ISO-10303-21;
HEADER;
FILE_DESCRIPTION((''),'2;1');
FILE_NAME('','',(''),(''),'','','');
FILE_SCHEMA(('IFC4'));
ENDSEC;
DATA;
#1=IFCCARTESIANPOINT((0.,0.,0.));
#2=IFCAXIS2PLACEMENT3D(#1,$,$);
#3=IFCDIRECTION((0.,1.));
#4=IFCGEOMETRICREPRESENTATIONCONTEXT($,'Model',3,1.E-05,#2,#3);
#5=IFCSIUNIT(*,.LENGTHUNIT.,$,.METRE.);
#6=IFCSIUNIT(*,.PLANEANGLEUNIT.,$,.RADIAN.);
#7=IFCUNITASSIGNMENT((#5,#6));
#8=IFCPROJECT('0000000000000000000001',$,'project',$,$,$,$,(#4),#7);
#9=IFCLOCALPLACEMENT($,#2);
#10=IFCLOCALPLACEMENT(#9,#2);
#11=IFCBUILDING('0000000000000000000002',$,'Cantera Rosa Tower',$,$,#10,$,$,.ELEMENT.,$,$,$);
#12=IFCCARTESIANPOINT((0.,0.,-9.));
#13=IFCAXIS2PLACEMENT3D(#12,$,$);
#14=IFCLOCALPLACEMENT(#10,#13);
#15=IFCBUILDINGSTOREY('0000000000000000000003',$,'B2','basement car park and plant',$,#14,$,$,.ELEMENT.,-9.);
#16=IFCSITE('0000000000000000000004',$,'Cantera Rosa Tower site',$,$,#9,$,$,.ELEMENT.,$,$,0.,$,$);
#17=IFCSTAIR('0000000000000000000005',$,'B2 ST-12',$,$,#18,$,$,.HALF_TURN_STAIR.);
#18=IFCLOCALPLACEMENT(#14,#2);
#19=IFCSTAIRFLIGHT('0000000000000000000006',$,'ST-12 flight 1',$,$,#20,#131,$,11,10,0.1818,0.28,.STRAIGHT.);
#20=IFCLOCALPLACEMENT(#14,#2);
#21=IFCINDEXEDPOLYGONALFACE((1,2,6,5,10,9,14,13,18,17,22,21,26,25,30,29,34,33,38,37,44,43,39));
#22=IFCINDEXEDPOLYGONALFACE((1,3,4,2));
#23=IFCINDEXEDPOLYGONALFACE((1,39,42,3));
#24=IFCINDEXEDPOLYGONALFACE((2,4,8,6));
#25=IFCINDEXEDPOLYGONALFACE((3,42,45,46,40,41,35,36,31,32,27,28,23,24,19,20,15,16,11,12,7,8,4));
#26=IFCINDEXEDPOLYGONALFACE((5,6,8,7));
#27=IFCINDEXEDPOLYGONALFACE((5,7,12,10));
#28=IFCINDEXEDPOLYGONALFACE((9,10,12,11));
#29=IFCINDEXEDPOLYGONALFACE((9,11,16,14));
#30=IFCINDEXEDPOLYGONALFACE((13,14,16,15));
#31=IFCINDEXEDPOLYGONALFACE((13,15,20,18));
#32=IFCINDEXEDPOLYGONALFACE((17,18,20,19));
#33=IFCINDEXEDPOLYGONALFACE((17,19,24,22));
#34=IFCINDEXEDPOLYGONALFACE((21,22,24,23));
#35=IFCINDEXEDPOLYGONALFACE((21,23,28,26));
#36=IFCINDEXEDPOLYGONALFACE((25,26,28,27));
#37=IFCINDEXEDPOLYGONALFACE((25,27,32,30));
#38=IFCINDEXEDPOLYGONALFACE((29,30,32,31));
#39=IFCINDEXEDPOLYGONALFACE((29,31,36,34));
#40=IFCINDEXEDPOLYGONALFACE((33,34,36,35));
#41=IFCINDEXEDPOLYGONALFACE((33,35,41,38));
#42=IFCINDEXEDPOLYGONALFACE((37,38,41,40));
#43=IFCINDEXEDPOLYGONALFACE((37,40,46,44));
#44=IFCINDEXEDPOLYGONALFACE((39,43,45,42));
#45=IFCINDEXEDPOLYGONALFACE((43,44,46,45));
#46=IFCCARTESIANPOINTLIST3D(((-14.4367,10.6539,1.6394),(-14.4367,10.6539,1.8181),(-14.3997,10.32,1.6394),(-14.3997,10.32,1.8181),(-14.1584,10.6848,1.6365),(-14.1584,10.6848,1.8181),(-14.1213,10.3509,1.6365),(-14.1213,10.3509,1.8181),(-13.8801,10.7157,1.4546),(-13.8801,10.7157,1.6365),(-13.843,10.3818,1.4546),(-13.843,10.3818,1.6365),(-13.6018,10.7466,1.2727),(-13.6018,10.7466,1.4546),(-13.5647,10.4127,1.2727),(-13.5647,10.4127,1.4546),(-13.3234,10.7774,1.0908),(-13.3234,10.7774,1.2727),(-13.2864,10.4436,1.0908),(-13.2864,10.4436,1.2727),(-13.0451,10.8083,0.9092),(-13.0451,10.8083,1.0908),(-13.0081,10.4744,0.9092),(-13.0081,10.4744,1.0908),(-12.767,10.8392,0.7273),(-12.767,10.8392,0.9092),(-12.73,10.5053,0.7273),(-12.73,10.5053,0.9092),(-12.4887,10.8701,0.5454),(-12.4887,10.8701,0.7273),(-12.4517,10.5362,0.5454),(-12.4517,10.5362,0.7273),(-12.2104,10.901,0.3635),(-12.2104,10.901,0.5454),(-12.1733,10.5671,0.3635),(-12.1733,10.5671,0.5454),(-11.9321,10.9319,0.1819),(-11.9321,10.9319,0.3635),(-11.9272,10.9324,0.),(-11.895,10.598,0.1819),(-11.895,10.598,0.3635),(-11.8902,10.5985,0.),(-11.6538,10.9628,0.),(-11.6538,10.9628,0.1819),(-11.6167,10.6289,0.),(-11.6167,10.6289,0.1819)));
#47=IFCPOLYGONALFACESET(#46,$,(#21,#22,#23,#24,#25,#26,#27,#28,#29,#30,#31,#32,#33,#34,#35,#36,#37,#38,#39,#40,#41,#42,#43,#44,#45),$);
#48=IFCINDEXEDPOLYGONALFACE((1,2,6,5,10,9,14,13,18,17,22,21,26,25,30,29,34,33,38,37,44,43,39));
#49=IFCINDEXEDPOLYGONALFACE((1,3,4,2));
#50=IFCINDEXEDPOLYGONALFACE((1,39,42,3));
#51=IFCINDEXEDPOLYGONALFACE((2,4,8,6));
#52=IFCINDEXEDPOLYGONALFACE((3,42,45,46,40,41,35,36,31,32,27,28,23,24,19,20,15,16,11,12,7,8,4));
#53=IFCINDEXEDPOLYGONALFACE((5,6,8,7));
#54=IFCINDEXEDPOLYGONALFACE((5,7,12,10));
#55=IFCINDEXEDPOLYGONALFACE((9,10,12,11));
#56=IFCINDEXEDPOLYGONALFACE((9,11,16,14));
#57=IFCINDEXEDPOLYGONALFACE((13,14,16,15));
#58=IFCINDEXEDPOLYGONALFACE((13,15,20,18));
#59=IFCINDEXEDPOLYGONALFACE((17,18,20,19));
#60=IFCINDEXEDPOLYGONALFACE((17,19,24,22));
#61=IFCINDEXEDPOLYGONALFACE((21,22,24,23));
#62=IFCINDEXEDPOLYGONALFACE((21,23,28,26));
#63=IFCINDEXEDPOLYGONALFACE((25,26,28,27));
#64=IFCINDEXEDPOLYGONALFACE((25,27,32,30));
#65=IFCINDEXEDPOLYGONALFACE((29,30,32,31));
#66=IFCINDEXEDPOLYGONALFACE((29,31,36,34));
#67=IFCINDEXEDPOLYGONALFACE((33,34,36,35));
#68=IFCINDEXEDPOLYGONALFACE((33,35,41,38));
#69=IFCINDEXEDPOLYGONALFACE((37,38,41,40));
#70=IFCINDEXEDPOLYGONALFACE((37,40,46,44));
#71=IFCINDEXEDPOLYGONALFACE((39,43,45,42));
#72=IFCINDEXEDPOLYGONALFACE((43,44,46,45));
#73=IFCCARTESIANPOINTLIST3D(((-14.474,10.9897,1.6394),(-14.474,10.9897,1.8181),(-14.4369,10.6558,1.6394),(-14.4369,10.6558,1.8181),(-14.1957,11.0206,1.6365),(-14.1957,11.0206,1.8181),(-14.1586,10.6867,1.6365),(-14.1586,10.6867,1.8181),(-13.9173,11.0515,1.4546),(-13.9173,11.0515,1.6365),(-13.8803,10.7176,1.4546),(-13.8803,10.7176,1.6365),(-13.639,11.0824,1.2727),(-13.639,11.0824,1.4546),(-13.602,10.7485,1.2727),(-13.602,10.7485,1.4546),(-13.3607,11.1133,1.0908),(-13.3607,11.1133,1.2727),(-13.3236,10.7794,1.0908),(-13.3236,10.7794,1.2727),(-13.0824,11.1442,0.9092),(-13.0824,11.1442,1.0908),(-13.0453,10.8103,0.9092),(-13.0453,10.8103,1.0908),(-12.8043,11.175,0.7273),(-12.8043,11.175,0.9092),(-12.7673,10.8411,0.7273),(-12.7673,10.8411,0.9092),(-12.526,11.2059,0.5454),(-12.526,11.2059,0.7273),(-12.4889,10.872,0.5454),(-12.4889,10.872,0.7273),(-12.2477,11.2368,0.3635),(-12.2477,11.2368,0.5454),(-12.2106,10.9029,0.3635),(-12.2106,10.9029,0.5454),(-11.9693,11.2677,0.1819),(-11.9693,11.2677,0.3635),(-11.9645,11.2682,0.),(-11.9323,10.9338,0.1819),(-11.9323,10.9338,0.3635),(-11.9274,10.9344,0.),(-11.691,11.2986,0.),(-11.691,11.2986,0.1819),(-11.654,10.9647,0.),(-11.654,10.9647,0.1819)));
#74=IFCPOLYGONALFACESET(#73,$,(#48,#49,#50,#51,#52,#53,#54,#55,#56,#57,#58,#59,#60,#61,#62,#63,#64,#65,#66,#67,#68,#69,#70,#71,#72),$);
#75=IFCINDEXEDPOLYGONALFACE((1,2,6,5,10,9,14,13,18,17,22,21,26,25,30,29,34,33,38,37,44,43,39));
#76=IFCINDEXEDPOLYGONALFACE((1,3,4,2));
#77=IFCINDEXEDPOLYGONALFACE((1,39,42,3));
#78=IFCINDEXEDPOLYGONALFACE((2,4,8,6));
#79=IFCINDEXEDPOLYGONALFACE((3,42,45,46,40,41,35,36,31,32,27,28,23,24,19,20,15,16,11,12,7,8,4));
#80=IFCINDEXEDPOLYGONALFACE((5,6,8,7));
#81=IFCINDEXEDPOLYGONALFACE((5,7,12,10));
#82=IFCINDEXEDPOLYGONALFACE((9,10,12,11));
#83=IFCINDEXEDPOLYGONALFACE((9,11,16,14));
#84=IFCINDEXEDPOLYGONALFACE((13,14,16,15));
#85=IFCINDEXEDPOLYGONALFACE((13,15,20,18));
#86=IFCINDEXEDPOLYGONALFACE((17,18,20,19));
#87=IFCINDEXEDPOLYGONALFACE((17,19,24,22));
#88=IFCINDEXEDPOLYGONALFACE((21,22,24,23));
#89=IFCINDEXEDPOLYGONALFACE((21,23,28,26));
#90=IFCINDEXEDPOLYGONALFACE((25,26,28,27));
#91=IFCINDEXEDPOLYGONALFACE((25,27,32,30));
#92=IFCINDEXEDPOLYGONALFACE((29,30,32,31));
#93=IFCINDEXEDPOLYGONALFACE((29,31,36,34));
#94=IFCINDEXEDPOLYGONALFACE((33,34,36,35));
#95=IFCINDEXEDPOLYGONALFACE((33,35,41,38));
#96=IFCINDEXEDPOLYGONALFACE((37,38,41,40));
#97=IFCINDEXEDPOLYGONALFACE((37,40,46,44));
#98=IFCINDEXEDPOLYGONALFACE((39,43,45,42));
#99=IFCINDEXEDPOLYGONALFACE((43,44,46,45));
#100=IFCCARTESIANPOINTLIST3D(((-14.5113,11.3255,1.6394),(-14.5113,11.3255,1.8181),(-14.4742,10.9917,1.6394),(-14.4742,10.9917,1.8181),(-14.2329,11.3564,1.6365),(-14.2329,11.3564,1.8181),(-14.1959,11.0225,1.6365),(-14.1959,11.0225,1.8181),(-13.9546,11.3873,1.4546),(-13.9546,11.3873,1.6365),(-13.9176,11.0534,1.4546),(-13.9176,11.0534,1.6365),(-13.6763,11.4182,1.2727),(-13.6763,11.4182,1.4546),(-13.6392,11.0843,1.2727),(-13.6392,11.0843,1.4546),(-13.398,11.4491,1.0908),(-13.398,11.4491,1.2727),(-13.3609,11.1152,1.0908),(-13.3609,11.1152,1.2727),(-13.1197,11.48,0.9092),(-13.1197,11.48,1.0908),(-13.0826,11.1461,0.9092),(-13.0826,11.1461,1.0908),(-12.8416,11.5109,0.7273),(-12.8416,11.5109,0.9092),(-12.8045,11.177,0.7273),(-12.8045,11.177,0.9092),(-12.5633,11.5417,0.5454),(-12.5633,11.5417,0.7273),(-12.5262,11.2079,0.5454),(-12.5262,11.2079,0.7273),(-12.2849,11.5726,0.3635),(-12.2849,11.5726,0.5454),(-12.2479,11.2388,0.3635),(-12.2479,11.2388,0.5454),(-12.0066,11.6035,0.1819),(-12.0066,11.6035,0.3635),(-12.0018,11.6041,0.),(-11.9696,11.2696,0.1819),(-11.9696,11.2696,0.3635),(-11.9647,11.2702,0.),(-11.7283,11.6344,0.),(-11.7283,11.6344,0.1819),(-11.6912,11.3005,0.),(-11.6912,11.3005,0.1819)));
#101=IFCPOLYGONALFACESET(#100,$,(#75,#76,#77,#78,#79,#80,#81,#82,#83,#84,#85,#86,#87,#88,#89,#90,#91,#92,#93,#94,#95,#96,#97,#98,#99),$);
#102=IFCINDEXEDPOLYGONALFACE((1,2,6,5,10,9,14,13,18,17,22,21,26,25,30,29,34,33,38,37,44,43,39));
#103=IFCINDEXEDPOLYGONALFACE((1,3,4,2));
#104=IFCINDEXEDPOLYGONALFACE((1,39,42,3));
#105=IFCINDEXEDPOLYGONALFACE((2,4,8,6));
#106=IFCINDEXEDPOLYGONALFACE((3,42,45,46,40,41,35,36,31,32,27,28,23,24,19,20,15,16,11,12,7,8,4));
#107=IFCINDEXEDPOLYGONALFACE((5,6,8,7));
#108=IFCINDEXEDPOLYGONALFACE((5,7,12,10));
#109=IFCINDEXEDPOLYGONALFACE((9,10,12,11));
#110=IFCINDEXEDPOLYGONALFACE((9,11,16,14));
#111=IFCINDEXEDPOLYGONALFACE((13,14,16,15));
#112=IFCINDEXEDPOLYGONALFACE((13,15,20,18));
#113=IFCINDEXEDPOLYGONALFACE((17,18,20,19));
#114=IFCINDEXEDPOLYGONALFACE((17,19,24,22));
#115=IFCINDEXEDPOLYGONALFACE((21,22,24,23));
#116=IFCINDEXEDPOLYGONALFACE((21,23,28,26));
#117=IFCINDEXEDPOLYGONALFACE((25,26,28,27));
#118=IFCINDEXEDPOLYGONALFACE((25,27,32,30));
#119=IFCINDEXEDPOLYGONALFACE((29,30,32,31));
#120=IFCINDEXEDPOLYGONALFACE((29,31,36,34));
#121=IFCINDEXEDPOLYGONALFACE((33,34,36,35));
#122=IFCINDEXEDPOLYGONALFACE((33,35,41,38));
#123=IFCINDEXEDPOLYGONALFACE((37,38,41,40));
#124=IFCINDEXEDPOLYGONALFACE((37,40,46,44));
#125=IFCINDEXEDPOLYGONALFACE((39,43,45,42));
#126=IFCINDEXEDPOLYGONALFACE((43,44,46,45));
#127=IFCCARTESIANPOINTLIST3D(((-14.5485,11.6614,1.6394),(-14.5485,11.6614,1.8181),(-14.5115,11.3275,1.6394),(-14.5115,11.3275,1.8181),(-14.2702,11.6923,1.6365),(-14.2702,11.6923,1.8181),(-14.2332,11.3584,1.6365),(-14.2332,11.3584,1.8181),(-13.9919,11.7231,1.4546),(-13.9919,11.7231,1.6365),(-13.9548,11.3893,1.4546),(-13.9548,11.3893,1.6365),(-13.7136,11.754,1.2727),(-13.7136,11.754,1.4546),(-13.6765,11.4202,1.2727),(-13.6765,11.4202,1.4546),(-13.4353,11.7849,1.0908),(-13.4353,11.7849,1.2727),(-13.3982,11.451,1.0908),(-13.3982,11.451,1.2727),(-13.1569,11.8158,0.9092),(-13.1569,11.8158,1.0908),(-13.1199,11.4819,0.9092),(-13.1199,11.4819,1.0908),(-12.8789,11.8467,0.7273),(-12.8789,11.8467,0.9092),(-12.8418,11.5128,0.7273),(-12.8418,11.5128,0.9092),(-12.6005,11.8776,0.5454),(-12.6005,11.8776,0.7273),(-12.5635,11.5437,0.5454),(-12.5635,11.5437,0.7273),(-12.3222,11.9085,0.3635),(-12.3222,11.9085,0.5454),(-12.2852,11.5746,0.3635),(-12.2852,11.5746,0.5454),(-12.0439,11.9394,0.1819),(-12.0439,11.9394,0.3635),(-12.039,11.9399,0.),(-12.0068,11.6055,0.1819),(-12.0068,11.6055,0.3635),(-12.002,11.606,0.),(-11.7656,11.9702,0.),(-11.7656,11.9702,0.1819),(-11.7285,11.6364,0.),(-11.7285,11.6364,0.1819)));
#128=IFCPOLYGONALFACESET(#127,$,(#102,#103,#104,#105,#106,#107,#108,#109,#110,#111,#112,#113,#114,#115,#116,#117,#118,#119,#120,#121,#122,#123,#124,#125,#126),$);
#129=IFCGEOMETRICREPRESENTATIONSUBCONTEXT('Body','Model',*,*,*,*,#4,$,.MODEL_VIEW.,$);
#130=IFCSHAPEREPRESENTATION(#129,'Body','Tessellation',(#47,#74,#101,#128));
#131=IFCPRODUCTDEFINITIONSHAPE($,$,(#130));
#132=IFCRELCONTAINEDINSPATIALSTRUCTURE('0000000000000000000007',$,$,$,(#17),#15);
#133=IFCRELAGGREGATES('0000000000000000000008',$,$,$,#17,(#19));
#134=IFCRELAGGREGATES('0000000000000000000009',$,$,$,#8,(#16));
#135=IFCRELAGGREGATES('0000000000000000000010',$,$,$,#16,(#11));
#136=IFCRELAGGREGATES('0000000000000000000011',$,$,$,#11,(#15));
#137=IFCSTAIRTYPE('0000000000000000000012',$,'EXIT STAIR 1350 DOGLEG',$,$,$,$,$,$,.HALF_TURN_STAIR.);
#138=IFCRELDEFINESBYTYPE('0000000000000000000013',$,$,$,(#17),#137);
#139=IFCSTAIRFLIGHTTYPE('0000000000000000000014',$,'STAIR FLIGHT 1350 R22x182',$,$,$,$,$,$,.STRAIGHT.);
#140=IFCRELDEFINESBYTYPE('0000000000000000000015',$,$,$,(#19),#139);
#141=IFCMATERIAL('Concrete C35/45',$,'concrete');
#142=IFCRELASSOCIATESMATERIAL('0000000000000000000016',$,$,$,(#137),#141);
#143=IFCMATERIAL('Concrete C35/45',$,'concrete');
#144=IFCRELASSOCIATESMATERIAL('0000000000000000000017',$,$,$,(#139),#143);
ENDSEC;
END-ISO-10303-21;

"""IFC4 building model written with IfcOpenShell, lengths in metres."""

from ifc_helpers import new_model, si_unit, direction, frame, origin, place, context, subcontext, project, spatial, polyline, outline, extrude, material, type_object, element, aggregate, save


model = new_model("IFC4")

# Units and contexts
model_context = context("Model", 3, precision=1e-05, world=origin(), true_north=direction((0.0, 1.0)))
body_context = subcontext(model_context, "Body", "Model", "MODEL_VIEW")
ifc_project = project(units=[si_unit("LENGTHUNIT", "METRE"), si_unit("PLANEANGLEUNIT", "RADIAN")], contexts=[model_context])

# Site, building, storey
site_placement = place(None, origin())
site = spatial("IfcSite", under=ifc_project, at=site_placement, Name="Cantera Rosa Tower site", CompositionType="ELEMENT", RefElevation=0.0)
building_placement = place(site_placement, origin())
building = spatial("IfcBuilding", under=site, at=building_placement, Name="Cantera Rosa Tower", CompositionType="ELEMENT")
storey_placement = place(building_placement, frame((0.0, 0.0, -9.0)))
storey = spatial("IfcBuildingStorey", under=building, at=storey_placement, Name="B2", Description="basement car park and plant", CompositionType="ELEMENT", Elevation=-9.0)

# Stair, stair flight
ifc_material_1 = material(Name="Concrete C35/45", Category="concrete")
stair_type = type_object("IfcStairType", Name="EXIT STAIR 1350 DOGLEG", PredefinedType="HALF_TURN_STAIR", material=ifc_material_1)
stair_placement = place(storey_placement, origin())
stair = element("IfcStair", 1, at=stair_placement, inside=storey, type_object=stair_type, Name="B2 ST-12", PredefinedType="HALF_TURN_STAIR")
ifc_material_2 = material(Name="Concrete C35/45", Category="concrete")
stair_flight_type = type_object("IfcStairFlightType", Name="STAIR FLIGHT 1350 R22x182", PredefinedType="STRAIGHT", material=ifc_material_2)
stair_flight_1_placement = place(storey_placement, frame((-11.6912, 11.2998, 0.0), z_axis=(0.0, 0.0, 1.0), x_axis=(-0.993897, -0.110313, 0.0)))
stair_flight_1 = element("IfcStairFlight", 2, at=stair_flight_1_placement, type_object=stair_flight_type, Name="ST-12 flight 1", NumberOfRisers=11, NumberOfTreads=10, PredefinedType="STRAIGHT", RiserHeight=0.1818, TreadLength=0.28, context=body_context, shape_type="SweptSolid", body=[
    extrude(outline(polyline([(0.0, 0.0), (0.0, 0.1819), (0.28, 0.1819), (0.28, 0.3635), (0.5601, 0.3635), (0.5601, 0.5454), (0.8401, 0.5454), (0.8401, 0.7273), (1.1201, 0.7273), (1.1201, 0.9092), (1.3999, 0.9092), (1.3999, 1.0908), (1.6799, 1.0908), (1.6799, 1.2727), (1.96, 1.2727), (1.96, 1.4546), (2.24, 1.4546), (2.24, 1.6365), (2.52, 1.6365), (2.52, 1.8181), (2.8, 1.8181), (2.8, 2.0), (2.8, 1.6394), (0.2751, 0.0), (0.0, 0.0)])), frame((0.0, 0.675, 0.0), z_axis=(0.0, -1.0, 0.0), x_axis=(1.0, 0.0, 0.0)), (0.0, 0.0, 1.0), 0.3359),
    extrude(outline(polyline([(0.0, 0.0), (0.0, 0.1819), (0.28, 0.1819), (0.28, 0.3635), (0.5601, 0.3635), (0.5601, 0.5454), (0.8401, 0.5454), (0.8401, 0.7273), (1.1201, 0.7273), (1.1201, 0.9092), (1.3999, 0.9092), (1.3999, 1.0908), (1.6799, 1.0908), (1.6799, 1.2727), (1.96, 1.2727), (1.96, 1.4546), (2.24, 1.4546), (2.24, 1.6365), (2.52, 1.6365), (2.52, 1.8181), (2.8, 1.8181), (2.8, 2.0), (2.8, 1.6394), (0.2751, 0.0), (0.0, 0.0)])), frame((0.0, 0.3372, 0.0), z_axis=(0.0, -1.0, 0.0), x_axis=(1.0, 0.0, 0.0)), (0.0, 0.0, 1.0), 0.3359),
    extrude(outline(polyline([(0.0, 0.0), (0.0, 0.1819), (0.28, 0.1819), (0.28, 0.3635), (0.5601, 0.3635), (0.5601, 0.5454), (0.8401, 0.5454), (0.8401, 0.7273), (1.1201, 0.7273), (1.1201, 0.9092), (1.3999, 0.9092), (1.3999, 1.0908), (1.6799, 1.0908), (1.6799, 1.2727), (1.96, 1.2727), (1.96, 1.4546), (2.24, 1.4546), (2.24, 1.6365), (2.52, 1.6365), (2.52, 1.8181), (2.8, 1.8181), (2.8, 2.0), (2.8, 1.6394), (0.2751, 0.0), (0.0, 0.0)])), frame((0.0, -0.0007, 0.0), z_axis=(0.0, -1.0, 0.0), x_axis=(1.0, 0.0, 0.0)), (0.0, 0.0, 1.0), 0.3359),
    extrude(outline(polyline([(0.0, 0.0), (0.0, 0.1819), (0.28, 0.1819), (0.28, 0.3635), (0.5601, 0.3635), (0.5601, 0.5454), (0.8401, 0.5454), (0.8401, 0.7273), (1.1201, 0.7273), (1.1201, 0.9092), (1.3999, 0.9092), (1.3999, 1.0908), (1.6799, 1.0908), (1.6799, 1.2727), (1.96, 1.2727), (1.96, 1.4546), (2.24, 1.4546), (2.24, 1.6365), (2.52, 1.6365), (2.52, 1.8181), (2.8, 1.8181), (2.8, 2.0), (2.8, 1.6394), (0.2751, 0.0), (0.0, 0.0)])), frame((0.0, -0.3386, 0.0), z_axis=(0.0, -1.0, 0.0), x_axis=(1.0, 0.0, 0.0)), (0.0, 0.0, 1.0), 0.3359),
])
aggregate(stair, [stair_flight_1])

save(model, "model.ifc")
